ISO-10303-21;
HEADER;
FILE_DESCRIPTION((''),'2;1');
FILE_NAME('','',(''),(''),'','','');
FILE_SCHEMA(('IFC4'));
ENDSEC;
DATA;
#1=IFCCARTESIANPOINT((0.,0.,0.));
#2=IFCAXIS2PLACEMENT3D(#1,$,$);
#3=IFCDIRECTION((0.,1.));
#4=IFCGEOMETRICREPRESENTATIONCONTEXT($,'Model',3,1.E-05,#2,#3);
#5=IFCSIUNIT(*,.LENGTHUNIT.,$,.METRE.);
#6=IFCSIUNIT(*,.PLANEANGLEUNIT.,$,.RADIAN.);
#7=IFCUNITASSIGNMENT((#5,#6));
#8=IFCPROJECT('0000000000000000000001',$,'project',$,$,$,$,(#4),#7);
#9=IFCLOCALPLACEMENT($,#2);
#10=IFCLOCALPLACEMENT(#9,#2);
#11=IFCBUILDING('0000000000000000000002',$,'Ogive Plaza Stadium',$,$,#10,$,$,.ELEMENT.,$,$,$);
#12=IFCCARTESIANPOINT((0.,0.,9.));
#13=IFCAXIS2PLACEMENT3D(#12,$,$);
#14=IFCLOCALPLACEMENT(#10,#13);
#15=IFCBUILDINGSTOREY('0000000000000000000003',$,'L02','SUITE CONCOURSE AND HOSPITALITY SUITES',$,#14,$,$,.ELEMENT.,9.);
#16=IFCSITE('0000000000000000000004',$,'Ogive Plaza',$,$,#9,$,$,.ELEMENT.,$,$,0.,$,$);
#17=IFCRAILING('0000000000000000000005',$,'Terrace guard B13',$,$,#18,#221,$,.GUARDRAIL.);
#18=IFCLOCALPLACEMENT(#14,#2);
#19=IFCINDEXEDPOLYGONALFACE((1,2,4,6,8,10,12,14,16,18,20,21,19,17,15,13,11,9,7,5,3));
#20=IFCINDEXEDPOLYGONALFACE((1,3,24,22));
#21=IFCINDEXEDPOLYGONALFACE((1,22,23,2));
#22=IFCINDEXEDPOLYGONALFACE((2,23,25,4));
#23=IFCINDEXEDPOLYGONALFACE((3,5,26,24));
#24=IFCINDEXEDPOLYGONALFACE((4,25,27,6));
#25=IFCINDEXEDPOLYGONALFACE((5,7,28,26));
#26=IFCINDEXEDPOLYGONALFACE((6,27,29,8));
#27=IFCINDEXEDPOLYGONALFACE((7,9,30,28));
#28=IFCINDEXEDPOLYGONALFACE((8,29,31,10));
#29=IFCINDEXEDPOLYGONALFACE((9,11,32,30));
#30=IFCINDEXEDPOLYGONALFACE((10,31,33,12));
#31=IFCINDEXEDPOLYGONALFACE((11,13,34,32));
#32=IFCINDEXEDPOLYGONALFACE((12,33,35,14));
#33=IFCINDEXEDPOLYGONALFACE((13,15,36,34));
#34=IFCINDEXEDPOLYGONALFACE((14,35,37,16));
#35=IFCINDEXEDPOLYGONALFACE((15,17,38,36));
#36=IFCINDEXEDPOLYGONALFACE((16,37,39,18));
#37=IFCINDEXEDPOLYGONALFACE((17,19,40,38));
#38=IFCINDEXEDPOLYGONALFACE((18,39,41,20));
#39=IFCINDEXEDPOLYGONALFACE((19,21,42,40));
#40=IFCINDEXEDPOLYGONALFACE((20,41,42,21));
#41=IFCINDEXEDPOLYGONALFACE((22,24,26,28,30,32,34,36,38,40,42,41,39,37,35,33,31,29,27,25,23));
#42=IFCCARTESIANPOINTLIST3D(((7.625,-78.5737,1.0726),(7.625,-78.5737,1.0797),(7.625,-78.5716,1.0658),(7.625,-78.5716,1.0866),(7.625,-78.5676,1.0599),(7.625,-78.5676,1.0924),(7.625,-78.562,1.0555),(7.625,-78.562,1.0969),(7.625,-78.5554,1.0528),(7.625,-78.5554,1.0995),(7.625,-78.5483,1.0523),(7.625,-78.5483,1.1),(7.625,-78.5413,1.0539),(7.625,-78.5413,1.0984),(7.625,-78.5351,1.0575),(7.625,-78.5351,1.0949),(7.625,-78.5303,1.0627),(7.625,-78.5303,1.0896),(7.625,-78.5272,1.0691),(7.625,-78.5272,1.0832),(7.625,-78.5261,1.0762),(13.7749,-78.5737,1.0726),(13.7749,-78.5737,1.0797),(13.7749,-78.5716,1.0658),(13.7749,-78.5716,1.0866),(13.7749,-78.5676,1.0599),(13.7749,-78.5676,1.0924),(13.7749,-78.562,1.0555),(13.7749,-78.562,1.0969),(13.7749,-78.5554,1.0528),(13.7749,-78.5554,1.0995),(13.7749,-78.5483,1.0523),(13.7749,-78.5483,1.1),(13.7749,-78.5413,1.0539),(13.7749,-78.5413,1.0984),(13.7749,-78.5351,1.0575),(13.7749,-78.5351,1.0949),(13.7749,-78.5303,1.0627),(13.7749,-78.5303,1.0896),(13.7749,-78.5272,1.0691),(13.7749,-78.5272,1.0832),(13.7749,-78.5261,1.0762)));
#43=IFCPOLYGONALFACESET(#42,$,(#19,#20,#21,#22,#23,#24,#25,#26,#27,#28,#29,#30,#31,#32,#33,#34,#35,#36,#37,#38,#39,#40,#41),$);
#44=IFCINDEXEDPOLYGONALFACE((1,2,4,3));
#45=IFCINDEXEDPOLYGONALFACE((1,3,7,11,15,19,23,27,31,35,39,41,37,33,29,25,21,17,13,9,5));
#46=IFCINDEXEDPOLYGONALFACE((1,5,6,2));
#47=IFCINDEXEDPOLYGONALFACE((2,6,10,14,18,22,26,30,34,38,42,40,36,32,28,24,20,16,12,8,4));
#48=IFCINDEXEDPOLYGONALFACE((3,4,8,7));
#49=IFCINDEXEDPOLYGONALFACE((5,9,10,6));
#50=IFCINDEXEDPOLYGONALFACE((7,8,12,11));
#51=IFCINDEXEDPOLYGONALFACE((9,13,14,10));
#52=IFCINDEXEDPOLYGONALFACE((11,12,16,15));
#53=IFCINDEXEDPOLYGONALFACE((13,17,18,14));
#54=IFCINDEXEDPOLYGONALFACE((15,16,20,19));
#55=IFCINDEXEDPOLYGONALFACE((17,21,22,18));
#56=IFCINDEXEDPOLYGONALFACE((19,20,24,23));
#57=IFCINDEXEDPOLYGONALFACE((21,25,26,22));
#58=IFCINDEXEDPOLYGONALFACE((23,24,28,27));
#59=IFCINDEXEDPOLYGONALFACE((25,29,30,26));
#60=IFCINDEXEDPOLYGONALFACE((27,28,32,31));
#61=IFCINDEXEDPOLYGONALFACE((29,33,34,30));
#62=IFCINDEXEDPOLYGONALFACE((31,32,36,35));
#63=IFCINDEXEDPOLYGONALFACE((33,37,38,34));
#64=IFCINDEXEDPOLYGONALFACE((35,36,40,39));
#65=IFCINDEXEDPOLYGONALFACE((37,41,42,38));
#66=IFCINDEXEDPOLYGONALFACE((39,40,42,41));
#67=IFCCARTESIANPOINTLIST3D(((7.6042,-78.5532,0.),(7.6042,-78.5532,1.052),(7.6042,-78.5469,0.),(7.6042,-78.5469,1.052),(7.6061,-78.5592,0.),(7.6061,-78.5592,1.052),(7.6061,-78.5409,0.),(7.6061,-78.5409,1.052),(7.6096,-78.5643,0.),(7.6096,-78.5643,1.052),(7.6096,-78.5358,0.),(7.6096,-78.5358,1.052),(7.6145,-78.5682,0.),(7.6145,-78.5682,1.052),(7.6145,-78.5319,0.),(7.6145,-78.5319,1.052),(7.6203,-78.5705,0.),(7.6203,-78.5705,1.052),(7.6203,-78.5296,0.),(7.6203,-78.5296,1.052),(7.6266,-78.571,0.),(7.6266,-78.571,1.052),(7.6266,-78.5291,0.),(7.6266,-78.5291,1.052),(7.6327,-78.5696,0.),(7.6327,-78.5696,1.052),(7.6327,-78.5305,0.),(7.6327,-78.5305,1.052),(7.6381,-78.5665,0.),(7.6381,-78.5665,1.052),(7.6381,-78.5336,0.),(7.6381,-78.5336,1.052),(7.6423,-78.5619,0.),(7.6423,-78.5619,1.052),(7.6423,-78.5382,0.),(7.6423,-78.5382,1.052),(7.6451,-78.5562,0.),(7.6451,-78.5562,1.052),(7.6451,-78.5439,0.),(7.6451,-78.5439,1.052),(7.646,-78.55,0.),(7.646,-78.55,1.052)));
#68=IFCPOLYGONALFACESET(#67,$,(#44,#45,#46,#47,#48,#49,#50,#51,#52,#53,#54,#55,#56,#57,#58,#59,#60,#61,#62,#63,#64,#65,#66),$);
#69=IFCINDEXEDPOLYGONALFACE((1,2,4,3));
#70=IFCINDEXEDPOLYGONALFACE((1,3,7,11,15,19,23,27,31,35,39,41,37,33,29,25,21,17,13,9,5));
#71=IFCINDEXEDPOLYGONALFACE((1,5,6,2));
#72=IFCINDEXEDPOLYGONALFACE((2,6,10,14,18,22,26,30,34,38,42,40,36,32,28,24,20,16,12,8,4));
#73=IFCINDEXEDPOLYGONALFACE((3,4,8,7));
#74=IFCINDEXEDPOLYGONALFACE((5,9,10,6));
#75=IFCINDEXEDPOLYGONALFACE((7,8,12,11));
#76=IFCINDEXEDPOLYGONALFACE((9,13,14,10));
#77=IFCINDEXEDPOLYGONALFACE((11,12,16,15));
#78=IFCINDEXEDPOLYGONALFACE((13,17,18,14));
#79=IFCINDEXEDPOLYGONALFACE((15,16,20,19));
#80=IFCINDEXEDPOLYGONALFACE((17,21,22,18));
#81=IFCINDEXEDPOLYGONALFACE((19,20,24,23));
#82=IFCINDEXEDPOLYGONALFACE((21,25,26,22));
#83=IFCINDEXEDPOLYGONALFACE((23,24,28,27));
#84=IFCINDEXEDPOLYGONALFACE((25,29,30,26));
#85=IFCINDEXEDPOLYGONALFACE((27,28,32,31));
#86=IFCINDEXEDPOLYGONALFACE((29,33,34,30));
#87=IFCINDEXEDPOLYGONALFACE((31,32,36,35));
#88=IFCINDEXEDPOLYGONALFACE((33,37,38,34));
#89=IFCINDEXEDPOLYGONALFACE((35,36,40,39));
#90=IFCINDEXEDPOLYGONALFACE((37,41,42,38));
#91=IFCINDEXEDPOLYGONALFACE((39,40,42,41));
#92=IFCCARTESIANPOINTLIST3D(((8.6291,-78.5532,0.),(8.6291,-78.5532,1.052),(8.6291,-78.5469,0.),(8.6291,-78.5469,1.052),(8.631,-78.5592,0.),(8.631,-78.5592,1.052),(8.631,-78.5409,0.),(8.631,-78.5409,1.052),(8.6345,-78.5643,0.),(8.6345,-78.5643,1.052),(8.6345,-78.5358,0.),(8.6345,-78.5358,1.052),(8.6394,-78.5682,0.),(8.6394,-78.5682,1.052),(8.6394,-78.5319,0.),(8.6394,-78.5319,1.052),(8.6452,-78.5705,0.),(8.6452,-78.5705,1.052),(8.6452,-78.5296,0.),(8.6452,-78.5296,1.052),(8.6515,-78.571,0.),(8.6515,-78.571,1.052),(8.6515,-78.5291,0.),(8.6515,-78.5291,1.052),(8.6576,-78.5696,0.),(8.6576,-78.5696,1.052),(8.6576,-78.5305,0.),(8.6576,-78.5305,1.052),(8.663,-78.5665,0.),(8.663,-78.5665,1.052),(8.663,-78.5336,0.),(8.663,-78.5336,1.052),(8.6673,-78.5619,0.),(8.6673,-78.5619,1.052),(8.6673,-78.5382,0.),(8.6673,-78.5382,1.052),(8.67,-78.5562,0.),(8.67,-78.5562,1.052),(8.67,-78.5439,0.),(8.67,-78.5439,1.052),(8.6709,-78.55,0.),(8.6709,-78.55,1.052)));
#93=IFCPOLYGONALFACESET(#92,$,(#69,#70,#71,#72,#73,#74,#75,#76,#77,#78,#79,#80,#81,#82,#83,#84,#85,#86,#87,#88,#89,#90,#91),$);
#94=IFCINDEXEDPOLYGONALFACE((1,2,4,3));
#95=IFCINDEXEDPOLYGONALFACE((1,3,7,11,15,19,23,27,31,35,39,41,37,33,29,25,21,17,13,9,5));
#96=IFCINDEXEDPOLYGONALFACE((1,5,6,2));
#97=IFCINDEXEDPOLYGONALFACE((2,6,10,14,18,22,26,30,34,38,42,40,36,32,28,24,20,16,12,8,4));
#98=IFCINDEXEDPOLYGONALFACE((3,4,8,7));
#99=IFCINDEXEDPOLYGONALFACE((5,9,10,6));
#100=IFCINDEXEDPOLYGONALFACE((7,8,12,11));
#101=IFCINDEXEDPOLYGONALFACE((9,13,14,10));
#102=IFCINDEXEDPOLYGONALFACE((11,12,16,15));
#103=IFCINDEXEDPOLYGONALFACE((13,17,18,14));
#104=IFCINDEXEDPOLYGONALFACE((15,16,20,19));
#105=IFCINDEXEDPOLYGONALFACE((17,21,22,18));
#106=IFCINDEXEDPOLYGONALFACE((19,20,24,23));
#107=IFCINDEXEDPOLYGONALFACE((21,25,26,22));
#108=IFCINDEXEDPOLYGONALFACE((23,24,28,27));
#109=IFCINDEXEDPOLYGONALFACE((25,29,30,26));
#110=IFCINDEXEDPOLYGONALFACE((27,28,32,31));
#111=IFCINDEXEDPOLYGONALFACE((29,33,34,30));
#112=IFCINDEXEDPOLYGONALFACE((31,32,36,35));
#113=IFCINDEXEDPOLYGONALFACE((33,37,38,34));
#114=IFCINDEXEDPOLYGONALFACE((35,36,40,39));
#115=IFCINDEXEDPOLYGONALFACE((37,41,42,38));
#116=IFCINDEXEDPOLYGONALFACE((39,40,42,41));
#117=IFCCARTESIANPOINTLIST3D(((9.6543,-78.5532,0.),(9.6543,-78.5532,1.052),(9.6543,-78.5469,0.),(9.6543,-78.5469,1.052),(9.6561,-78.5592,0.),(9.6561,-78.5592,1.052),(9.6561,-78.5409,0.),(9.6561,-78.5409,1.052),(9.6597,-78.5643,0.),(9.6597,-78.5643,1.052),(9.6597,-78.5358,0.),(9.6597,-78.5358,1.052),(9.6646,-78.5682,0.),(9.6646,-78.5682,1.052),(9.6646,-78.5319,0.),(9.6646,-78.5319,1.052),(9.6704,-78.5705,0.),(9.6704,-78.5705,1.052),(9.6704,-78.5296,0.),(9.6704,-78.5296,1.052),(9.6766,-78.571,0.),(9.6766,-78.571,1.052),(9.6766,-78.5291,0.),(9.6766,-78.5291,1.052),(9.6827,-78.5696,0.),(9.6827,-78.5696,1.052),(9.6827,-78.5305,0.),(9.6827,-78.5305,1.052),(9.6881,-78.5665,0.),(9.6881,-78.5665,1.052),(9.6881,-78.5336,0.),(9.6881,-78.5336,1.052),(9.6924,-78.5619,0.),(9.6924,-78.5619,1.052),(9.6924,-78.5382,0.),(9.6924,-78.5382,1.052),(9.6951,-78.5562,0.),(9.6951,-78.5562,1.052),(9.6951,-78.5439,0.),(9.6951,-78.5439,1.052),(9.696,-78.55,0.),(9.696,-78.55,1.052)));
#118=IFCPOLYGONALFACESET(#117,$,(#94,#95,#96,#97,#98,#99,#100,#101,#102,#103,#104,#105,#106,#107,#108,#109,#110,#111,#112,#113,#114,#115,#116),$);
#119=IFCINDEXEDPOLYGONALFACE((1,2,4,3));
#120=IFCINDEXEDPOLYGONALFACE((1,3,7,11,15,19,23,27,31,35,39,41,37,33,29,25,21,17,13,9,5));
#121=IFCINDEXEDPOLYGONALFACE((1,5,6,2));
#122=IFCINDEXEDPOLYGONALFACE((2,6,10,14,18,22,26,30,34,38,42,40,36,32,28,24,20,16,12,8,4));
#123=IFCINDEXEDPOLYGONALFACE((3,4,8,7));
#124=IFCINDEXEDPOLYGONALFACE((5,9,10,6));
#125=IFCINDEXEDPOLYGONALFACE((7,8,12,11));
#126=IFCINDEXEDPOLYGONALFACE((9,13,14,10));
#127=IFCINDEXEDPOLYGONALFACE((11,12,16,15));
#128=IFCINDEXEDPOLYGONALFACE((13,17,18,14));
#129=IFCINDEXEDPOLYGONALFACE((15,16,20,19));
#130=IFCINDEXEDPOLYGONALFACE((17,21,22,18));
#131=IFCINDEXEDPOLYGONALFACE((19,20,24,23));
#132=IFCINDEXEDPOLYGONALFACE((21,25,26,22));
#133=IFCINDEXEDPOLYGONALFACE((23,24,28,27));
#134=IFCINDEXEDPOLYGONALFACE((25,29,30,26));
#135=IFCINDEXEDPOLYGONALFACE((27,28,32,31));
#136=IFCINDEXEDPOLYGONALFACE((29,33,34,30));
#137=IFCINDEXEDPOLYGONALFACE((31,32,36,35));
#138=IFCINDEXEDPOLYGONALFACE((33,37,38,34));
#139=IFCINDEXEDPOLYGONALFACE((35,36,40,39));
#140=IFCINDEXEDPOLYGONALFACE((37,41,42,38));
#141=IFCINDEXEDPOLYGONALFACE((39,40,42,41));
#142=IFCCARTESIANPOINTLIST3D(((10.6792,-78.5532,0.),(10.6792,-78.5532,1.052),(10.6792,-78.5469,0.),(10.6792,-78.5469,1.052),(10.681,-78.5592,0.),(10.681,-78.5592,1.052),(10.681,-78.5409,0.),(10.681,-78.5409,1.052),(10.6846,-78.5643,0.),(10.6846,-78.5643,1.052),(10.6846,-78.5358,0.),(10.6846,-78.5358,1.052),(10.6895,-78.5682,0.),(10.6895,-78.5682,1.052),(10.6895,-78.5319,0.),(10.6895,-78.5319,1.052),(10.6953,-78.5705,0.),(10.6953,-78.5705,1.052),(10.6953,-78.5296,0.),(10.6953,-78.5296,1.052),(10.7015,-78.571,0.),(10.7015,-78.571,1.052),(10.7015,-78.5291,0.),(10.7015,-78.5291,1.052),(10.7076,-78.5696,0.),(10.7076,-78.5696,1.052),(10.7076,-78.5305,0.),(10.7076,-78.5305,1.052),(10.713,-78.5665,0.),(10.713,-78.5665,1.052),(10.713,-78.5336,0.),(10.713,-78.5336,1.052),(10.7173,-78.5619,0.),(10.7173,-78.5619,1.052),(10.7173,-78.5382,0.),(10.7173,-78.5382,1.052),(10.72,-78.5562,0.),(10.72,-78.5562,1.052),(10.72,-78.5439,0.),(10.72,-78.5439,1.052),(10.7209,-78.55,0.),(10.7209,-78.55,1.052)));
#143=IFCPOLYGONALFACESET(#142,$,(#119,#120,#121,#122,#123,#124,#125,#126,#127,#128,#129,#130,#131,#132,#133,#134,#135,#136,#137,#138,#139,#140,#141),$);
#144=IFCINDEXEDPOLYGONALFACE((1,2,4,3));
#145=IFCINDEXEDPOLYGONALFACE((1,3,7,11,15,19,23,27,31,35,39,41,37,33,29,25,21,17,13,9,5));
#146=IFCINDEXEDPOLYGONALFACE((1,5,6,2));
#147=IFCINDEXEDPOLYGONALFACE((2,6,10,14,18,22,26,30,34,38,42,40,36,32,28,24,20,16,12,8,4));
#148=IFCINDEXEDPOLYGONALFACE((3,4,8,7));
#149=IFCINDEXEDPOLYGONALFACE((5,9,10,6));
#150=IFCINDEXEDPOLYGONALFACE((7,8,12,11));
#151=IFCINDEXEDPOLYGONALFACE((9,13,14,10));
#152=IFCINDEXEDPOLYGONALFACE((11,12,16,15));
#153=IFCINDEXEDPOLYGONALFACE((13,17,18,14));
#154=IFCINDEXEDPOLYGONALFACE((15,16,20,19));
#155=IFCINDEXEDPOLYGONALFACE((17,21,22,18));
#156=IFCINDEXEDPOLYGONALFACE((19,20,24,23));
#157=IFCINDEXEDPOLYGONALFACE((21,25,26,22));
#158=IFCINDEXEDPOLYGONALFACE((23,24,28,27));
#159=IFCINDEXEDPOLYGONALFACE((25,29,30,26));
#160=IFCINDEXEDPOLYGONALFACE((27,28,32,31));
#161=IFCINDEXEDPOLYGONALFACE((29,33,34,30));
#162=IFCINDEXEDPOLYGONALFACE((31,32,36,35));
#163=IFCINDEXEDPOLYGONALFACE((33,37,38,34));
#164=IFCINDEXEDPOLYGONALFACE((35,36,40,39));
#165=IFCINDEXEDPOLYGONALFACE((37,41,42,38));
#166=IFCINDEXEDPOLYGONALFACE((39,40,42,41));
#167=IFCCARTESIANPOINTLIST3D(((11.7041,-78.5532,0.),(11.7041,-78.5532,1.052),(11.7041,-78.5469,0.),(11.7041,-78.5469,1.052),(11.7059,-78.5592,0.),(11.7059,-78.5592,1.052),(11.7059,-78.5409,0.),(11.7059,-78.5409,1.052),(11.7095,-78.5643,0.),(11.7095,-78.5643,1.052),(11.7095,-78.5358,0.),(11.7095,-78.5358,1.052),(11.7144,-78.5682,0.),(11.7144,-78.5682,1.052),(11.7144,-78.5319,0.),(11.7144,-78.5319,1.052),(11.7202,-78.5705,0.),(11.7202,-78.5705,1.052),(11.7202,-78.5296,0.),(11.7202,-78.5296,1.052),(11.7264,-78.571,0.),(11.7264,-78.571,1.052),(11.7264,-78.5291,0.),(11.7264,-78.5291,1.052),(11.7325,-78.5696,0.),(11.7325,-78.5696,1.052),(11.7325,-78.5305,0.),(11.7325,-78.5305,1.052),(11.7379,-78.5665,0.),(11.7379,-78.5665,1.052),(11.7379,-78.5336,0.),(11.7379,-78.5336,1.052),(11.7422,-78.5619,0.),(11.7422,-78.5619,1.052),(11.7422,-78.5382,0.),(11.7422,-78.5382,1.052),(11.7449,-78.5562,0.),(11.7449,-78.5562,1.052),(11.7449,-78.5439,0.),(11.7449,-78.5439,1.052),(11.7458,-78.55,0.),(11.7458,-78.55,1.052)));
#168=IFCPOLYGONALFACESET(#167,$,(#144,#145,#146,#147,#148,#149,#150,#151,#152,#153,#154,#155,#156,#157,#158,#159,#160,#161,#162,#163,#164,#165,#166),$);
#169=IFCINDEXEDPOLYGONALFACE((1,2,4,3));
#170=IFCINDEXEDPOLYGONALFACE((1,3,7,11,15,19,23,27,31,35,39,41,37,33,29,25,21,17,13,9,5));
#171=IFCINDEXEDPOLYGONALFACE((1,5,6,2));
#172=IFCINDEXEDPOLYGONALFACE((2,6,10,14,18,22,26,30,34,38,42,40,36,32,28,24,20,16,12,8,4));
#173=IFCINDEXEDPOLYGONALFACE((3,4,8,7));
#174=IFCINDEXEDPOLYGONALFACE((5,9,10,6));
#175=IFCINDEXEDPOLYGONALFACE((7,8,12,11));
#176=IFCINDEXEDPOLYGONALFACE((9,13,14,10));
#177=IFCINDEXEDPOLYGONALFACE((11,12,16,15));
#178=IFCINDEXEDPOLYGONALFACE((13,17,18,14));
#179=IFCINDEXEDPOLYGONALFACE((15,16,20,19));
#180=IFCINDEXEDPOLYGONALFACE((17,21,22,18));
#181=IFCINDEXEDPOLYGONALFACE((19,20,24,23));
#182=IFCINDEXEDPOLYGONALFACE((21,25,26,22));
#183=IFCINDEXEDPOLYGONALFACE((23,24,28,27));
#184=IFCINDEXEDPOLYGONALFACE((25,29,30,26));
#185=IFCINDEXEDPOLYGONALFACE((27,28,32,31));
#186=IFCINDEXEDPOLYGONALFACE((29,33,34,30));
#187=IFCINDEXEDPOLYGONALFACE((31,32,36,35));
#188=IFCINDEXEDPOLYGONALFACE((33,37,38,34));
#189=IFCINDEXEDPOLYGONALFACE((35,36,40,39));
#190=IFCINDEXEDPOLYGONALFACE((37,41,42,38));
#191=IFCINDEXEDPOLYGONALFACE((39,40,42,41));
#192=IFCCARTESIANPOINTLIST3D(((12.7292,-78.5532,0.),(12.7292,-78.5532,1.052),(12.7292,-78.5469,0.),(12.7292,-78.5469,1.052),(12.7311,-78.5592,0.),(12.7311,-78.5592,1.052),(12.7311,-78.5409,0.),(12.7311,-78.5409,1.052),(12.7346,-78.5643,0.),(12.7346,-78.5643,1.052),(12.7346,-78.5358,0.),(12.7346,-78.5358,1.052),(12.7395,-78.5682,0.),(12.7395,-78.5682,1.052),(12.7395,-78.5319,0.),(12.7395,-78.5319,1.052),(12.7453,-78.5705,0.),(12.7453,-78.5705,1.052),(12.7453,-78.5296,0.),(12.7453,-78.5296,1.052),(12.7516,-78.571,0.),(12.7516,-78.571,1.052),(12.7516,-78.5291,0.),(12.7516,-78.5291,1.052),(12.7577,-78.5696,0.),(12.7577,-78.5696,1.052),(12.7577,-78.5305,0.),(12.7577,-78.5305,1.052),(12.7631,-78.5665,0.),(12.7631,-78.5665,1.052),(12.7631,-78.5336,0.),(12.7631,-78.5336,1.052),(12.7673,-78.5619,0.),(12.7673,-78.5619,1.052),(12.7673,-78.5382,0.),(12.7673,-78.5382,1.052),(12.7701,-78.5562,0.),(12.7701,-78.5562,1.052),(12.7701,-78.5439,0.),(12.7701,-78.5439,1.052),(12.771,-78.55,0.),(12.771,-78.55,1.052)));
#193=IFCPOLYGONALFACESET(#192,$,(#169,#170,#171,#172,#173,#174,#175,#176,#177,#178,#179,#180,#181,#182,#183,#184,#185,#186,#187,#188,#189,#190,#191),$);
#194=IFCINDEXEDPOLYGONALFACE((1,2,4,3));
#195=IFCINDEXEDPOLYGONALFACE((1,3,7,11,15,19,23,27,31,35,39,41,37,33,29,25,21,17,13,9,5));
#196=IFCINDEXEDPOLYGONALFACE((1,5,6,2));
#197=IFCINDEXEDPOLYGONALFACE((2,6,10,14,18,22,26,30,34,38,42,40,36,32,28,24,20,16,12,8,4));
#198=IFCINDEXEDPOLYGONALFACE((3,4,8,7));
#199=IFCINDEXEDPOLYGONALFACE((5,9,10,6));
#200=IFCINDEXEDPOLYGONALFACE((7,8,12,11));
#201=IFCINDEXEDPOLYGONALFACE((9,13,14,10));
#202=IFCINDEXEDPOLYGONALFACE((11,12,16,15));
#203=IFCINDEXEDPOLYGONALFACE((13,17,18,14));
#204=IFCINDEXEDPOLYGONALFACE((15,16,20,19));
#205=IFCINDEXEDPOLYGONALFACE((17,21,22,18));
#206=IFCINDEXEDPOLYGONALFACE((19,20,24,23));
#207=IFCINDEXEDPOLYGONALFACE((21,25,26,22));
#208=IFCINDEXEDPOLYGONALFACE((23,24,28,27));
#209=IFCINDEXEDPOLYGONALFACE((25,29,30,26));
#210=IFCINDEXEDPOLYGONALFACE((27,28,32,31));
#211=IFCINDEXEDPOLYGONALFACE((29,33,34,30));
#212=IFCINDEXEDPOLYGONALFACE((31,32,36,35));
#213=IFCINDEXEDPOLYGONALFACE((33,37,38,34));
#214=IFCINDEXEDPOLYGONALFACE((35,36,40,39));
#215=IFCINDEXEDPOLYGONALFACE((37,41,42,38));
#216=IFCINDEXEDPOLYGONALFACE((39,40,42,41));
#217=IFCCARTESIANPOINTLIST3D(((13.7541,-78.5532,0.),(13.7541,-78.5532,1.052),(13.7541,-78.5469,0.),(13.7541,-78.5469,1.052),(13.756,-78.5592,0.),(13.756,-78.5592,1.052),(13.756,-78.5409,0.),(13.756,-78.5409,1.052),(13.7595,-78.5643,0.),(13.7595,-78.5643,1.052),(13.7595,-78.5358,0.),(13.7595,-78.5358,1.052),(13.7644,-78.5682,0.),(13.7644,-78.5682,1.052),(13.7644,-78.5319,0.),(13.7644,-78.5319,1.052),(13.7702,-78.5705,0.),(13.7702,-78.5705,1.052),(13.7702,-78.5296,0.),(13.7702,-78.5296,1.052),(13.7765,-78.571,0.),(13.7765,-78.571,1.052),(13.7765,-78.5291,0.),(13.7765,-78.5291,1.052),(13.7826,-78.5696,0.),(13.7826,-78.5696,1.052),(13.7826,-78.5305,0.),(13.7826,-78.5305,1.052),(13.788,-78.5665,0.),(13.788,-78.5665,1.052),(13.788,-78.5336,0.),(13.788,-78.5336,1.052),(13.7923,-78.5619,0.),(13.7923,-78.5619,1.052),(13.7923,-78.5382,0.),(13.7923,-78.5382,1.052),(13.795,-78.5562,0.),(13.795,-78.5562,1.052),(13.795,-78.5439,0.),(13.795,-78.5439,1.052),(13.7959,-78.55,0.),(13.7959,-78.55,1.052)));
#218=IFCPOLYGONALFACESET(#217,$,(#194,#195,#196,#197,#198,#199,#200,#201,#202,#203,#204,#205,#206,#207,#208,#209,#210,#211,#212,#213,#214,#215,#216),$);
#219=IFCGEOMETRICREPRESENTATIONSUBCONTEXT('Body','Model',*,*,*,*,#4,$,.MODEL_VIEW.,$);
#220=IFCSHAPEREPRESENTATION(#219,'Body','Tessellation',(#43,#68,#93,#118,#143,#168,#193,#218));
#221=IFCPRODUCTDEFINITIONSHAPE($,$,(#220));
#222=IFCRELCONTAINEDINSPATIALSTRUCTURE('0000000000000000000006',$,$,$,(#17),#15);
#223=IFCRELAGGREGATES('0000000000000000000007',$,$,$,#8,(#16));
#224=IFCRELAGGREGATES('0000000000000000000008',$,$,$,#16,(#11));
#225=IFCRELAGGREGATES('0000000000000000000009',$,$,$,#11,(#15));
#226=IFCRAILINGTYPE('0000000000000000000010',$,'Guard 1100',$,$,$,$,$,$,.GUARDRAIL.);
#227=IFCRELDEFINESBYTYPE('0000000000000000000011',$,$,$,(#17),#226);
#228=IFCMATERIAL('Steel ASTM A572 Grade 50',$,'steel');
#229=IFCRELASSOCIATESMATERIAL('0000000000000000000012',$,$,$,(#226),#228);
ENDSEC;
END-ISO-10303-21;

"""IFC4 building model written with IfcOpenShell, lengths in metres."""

from ifc_helpers import new_model, si_unit, direction, frame, origin, origin_2d, place, context, subcontext, project, spatial, circle, extrude, material, type_object, element, save


model = new_model("IFC4")

# Units and contexts
model_context = context("Model", 3, precision=1e-05, world=origin(), true_north=direction((0.0, 1.0)))
body_context = subcontext(model_context, "Body", "Model", "MODEL_VIEW")
ifc_project = project(units=[si_unit("LENGTHUNIT", "METRE"), si_unit("PLANEANGLEUNIT", "RADIAN")], contexts=[model_context])

# Site, building, storey
site_placement = place(None, origin())
site = spatial("IfcSite", under=ifc_project, at=site_placement, Name="Ogive Plaza", CompositionType="ELEMENT", RefElevation=0.0)
building_placement = place(site_placement, origin())
building = spatial("IfcBuilding", under=site, at=building_placement, Name="Ogive Plaza Stadium", CompositionType="ELEMENT")
storey_placement = place(building_placement, frame((0.0, 0.0, 9.0)))
storey = spatial("IfcBuildingStorey", under=building, at=storey_placement, Name="L02", Description="SUITE CONCOURSE AND HOSPITALITY SUITES", CompositionType="ELEMENT", Elevation=9.0)

# Railing
ifc_material_1 = material(Name="Steel ASTM A572 Grade 50", Category="steel")
railing_type_1 = type_object("IfcRailingType", Name="Guard 1100", PredefinedType="GUARDRAIL", material=ifc_material_1)
railing_1_placement = place(storey_placement, frame((7.625, -78.55, 0.0)))
element("IfcRailing", 1, at=railing_1_placement, inside=storey, type_object=railing_type_1, Name="Terrace guard B13", PredefinedType="GUARDRAIL", context=body_context, shape_type="SweptSolid", body=[
    extrude(circle(Radius=0.0239, at=origin_2d()), frame((0.0, 0.0, 1.0762), z_axis=(1.0, 0.0, 0.0), x_axis=(0.0, 1.0, 0.0)), (0.0, 0.0, 1.0), 6.1499),
    extrude(circle(Radius=0.021, at=origin_2d()), origin(), (0.0, 0.0, 1.0), 1.052),
    extrude(circle(Radius=0.021, at=origin_2d()), frame((1.0249, 0.0, 0.0)), (0.0, 0.0, 1.0), 1.052),
    extrude(circle(Radius=0.021, at=origin_2d()), frame((2.05, 0.0, 0.0)), (0.0, 0.0, 1.0), 1.052),
    extrude(circle(Radius=0.021, at=origin_2d()), frame((3.075, 0.0, 0.0)), (0.0, 0.0, 1.0), 1.052),
    extrude(circle(Radius=0.021, at=origin_2d()), frame((4.0999, 0.0, 0.0)), (0.0, 0.0, 1.0), 1.052),
    extrude(circle(Radius=0.021, at=origin_2d()), frame((5.125, 0.0, 0.0)), (0.0, 0.0, 1.0), 1.052),
    extrude(circle(Radius=0.021, at=origin_2d()), frame((6.1499, 0.0, 0.0)), (0.0, 0.0, 1.0), 1.052),
])

save(model, "model.ifc")
